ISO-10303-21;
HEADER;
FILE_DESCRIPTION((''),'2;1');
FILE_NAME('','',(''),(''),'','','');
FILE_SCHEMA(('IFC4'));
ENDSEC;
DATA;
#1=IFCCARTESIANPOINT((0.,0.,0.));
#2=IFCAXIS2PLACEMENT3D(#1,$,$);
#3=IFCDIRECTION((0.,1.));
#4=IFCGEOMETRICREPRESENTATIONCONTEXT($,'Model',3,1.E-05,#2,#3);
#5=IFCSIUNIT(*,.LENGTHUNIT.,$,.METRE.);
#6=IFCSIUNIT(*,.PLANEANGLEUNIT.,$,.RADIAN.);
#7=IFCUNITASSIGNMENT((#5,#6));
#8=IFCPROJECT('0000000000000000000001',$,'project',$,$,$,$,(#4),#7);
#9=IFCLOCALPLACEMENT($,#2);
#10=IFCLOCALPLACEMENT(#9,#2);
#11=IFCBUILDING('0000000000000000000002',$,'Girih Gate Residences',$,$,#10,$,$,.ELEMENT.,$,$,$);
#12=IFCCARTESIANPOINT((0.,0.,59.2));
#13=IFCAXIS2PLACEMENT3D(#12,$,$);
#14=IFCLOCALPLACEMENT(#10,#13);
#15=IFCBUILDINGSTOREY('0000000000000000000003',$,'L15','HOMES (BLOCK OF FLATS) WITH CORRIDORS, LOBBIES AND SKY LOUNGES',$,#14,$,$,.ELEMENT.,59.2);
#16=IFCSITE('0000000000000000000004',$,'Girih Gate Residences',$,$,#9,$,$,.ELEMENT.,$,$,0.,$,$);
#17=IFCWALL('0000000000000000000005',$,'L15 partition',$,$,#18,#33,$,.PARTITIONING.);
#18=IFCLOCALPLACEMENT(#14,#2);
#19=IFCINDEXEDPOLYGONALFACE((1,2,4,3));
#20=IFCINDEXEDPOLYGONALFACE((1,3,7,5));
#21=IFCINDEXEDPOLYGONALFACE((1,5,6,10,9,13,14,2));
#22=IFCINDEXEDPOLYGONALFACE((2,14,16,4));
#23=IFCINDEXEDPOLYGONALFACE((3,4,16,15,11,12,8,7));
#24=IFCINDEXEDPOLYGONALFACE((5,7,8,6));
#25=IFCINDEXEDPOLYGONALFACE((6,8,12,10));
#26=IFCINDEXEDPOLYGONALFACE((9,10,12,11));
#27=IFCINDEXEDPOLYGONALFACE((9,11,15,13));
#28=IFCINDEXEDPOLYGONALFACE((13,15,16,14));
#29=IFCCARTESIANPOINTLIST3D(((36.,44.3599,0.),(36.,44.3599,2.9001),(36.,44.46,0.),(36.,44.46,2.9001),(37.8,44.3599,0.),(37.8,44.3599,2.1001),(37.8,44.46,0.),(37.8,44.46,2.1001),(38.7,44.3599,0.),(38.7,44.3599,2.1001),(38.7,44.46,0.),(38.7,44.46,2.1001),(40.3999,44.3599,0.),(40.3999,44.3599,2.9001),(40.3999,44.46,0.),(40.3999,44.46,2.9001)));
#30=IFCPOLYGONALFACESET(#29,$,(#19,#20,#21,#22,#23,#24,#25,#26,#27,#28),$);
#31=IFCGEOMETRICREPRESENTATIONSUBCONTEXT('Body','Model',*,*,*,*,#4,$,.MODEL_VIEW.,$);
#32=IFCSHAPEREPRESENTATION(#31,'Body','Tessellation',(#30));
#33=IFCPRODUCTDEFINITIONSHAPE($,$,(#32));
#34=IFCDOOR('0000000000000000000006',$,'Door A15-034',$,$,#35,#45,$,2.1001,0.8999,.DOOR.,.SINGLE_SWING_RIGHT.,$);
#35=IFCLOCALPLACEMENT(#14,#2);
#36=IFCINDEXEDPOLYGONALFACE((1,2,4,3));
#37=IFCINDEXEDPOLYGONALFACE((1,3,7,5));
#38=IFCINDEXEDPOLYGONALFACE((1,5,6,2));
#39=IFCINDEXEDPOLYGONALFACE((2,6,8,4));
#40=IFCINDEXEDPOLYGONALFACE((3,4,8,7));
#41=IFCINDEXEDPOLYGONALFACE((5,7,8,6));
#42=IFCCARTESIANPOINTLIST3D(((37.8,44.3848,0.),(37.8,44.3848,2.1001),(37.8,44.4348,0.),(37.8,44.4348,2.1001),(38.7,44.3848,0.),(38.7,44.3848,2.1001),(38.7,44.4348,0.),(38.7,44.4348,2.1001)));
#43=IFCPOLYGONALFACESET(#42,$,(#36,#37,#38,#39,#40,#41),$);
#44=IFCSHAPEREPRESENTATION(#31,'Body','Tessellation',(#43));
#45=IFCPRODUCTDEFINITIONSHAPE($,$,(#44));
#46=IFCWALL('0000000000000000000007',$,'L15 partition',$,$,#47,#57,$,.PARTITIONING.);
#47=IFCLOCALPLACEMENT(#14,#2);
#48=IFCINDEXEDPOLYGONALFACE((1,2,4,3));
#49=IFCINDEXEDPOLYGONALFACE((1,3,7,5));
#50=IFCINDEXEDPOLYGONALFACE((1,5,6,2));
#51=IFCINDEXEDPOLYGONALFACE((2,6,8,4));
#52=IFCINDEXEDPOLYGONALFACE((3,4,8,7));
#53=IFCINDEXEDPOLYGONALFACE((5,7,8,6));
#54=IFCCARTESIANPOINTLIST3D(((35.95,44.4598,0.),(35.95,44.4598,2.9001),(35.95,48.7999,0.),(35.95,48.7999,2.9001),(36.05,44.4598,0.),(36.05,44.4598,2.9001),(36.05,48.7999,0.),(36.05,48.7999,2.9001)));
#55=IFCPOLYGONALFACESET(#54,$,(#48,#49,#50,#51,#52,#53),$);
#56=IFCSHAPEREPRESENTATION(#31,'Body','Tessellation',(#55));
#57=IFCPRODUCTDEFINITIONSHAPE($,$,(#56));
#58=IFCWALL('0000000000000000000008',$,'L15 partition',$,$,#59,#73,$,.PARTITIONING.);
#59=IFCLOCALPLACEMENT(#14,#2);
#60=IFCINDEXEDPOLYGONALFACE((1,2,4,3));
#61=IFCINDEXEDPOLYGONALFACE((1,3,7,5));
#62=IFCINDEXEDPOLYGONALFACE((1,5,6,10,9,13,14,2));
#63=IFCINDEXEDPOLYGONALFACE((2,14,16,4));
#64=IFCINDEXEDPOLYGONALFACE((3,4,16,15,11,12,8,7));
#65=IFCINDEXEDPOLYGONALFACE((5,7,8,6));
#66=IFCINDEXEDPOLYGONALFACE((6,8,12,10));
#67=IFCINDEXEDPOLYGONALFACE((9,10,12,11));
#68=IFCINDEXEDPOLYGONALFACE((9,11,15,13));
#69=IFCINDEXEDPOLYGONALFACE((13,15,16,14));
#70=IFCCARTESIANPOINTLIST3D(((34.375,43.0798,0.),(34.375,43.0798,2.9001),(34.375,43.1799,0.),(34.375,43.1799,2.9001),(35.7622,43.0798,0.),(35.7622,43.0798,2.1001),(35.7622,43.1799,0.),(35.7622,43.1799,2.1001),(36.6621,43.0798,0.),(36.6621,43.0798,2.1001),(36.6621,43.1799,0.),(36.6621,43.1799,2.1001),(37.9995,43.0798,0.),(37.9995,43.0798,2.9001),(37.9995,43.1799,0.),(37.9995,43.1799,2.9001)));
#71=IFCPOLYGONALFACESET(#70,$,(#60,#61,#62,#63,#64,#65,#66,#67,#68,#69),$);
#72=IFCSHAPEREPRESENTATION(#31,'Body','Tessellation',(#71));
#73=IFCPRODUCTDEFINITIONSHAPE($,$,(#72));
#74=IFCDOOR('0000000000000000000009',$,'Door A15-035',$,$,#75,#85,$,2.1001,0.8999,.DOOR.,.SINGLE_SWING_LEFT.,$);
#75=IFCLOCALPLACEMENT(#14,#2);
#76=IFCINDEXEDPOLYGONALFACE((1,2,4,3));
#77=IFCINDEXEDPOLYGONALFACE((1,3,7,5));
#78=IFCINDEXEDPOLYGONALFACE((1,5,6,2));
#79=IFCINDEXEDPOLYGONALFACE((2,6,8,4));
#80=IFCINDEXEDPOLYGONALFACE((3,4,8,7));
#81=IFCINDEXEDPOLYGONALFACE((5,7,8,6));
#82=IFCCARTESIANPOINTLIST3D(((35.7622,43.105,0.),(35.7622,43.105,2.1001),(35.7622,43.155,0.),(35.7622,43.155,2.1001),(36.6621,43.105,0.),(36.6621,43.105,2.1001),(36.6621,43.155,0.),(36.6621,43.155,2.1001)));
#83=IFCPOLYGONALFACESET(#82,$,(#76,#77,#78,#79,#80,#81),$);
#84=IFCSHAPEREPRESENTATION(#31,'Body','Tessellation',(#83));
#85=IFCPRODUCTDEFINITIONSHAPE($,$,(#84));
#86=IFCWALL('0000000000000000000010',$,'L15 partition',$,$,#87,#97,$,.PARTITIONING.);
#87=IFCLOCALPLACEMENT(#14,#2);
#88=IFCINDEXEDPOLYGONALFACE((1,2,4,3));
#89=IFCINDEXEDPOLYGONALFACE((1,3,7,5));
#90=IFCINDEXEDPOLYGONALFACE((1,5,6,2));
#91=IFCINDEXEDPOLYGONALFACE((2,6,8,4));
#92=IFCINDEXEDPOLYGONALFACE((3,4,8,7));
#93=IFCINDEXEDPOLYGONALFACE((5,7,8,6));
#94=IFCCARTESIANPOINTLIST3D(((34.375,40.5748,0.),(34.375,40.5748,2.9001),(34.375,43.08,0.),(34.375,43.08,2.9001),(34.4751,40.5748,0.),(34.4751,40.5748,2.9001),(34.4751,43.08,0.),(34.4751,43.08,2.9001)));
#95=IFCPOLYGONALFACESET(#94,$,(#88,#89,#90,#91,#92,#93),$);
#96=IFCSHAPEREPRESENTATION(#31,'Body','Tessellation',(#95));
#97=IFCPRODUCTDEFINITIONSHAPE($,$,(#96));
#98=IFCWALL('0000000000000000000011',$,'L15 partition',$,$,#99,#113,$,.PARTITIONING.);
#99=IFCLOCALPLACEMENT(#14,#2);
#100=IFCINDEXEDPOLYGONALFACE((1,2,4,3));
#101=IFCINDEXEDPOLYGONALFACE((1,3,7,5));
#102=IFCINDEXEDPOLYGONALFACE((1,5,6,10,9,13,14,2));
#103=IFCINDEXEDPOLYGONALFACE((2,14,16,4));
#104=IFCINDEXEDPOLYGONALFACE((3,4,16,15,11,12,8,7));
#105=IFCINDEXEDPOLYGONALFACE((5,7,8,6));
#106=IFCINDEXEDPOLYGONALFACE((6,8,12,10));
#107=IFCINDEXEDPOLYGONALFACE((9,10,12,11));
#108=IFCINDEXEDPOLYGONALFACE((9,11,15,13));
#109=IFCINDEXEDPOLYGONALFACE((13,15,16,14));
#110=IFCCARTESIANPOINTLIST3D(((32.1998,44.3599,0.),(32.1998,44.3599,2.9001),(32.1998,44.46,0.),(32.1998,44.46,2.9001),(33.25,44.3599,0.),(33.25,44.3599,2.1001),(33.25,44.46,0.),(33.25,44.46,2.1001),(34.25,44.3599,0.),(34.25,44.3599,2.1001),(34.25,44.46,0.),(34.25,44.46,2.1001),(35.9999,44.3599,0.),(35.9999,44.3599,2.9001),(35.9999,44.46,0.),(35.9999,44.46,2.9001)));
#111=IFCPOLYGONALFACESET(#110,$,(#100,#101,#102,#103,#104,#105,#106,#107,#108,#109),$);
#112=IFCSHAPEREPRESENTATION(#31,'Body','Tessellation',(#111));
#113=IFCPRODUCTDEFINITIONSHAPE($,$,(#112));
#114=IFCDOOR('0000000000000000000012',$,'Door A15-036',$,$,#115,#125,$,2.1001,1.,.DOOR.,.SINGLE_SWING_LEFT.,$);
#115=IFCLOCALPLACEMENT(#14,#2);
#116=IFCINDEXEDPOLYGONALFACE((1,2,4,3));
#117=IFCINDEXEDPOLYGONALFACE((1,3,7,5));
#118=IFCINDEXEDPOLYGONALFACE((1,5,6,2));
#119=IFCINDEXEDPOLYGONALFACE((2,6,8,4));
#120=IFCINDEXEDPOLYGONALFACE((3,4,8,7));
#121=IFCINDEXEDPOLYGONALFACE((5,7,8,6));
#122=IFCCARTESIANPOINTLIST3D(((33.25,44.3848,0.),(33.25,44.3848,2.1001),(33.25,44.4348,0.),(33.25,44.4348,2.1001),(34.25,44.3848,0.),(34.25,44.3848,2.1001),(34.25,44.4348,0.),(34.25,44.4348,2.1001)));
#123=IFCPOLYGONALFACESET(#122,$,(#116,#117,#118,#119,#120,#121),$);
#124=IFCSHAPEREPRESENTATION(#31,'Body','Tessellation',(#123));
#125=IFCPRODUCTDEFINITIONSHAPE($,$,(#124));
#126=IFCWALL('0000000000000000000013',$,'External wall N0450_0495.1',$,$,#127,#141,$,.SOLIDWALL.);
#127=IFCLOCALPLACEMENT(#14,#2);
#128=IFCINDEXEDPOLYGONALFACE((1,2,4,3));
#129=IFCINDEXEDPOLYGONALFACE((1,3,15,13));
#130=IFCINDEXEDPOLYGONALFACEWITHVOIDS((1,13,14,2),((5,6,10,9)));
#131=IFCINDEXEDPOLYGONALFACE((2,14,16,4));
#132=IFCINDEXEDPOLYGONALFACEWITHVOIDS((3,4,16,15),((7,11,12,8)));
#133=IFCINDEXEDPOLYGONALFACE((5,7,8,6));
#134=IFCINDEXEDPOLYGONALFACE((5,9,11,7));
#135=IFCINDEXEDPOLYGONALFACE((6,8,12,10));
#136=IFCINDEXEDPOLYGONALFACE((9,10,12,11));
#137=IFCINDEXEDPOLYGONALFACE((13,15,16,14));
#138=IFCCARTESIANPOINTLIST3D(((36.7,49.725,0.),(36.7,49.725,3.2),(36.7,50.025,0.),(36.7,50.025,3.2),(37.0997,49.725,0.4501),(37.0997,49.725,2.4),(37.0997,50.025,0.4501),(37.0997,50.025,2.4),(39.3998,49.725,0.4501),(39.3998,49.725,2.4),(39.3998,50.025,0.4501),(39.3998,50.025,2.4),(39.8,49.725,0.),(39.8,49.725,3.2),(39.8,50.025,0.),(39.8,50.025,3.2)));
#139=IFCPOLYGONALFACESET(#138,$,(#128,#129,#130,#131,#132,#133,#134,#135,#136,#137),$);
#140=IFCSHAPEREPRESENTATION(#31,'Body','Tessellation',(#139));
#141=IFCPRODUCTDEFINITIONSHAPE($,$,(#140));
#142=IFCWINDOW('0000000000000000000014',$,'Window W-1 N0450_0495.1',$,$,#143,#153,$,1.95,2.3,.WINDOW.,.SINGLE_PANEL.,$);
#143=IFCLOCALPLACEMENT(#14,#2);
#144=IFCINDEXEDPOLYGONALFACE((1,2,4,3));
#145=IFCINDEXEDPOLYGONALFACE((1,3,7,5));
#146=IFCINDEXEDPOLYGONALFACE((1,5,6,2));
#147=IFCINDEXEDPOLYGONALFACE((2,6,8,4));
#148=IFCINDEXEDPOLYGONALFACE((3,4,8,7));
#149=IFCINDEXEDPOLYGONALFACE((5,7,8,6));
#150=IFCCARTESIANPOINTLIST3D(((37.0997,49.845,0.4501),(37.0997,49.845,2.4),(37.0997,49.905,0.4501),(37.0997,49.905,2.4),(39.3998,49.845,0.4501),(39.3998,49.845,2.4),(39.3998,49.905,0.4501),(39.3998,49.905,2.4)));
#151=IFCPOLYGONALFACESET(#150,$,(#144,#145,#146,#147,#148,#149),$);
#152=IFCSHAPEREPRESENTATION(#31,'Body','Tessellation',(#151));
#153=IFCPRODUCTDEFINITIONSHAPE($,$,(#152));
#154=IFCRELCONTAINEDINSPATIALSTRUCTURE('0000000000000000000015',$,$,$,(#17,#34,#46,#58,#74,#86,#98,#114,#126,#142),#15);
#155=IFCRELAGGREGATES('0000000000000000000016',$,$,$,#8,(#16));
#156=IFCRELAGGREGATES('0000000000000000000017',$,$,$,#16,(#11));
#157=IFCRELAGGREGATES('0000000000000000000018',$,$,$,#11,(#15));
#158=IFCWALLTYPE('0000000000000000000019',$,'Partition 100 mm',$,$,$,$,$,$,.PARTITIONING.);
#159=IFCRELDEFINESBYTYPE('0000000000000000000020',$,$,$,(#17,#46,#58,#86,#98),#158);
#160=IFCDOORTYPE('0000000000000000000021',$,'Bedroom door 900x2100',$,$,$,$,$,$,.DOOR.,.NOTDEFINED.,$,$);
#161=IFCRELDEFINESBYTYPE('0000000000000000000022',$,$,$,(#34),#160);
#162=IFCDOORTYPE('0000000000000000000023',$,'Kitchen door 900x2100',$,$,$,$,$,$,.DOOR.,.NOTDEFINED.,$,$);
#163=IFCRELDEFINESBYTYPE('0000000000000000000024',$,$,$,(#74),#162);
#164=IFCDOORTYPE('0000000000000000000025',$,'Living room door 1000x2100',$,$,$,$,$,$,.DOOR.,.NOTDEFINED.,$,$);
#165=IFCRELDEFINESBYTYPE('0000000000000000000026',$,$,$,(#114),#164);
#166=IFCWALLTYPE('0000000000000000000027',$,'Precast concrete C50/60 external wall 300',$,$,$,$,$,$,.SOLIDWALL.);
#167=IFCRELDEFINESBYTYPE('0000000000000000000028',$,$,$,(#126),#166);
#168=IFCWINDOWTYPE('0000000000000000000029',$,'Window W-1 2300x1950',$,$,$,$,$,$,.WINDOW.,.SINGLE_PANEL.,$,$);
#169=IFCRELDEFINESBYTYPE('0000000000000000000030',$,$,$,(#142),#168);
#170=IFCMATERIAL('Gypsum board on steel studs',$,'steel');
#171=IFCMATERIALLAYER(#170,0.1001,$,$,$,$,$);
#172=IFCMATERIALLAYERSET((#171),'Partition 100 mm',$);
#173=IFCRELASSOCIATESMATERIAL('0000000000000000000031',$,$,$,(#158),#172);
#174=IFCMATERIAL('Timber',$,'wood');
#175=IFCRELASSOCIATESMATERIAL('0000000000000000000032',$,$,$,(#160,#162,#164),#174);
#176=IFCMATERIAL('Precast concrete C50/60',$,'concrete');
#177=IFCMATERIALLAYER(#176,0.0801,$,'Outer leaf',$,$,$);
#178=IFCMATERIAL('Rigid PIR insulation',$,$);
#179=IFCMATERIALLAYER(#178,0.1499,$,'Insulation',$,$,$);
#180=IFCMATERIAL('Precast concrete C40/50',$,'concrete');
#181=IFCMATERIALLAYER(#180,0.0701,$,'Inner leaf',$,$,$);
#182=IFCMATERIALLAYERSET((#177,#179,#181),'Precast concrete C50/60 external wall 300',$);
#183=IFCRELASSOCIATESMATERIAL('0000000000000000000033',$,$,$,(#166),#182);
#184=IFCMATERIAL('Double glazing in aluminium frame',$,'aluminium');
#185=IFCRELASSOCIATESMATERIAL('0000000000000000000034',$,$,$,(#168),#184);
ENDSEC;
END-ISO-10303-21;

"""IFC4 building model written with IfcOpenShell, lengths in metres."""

from ifc_helpers import new_model, si_unit, direction, frame, frame_2d, origin, place, context, subcontext, project, spatial, rectangle, extrude, material, layer, layer_set, type_object, element, fill, save


model = new_model("IFC4")

# Units and contexts
model_context = context("Model", 3, precision=1e-05, world=origin(), true_north=direction((0.0, 1.0)))
body_context = subcontext(model_context, "Body", "Model", "MODEL_VIEW")
ifc_project = project(units=[si_unit("LENGTHUNIT", "METRE"), si_unit("PLANEANGLEUNIT", "RADIAN")], contexts=[model_context])

# Site, building, storey
site_placement = place(None, origin())
site = spatial("IfcSite", under=ifc_project, at=site_placement, Name="Girih Gate Residences", CompositionType="ELEMENT", RefElevation=0.0)
building_placement = place(site_placement, origin())
building = spatial("IfcBuilding", under=site, at=building_placement, Name="Girih Gate Residences", CompositionType="ELEMENT")
storey_placement = place(building_placement, frame((0.0, 0.0, 59.2)))
storey = spatial("IfcBuildingStorey", under=building, at=storey_placement, Name="L15", Description="HOMES (BLOCK OF FLATS) WITH CORRIDORS, LOBBIES AND SKY LOUNGES", CompositionType="ELEMENT", Elevation=59.2)

# Shared definitions
ifc_material_1 = material(Name="Gypsum board on steel studs", Category="steel")

# Wall, opening, door
ifc_layer_1 = layer(ifc_material_1, 0.1001)
ifc_layer_set_1 = layer_set([ifc_layer_1], Name="Partition 100 mm")
wall_type_1 = type_object("IfcWallType", Name="Partition 100 mm", PredefinedType="PARTITIONING", material=ifc_layer_set_1)
wall_1_placement = place(storey_placement, frame((36.0, 44.4099, 0.0), z_axis=(0.0, 0.0, 1.0), x_axis=(1.0, 0.0, 0.0)))
wall_1 = element("IfcWall", 1, at=wall_1_placement, inside=storey, type_object=wall_type_1, Name="L15 partition", PredefinedType="PARTITIONING", context=body_context, shape_type="SweptSolid", body=[
    extrude(rectangle(XDim=4.3999, YDim=0.1001, at=frame_2d((2.2, 0.0))), origin(), (0.0, 0.0, 1.0), 2.9001),
])
opening_1_placement = place(wall_1_placement, frame((1.8, 0.0, 0.0)))
opening_1 = element("IfcOpeningElement", 2, at=opening_1_placement, cuts=wall_1, PredefinedType="OPENING", context=body_context, shape_type="SweptSolid", body=[
    extrude(rectangle(XDim=0.8999, YDim=2.1001, at=frame_2d((0.45, 1.05))), frame((0.0, 0.0601, 0.0), z_axis=(0.0, -1.0, 0.0), x_axis=(1.0, 0.0, 0.0)), (0.0, 0.0, 1.0), 0.1201),
])
ifc_material_2 = material(Name="Timber", Category="wood")
door_type_1 = type_object("IfcDoorType", Name="Bedroom door 900x2100", OperationType="NOTDEFINED", PredefinedType="DOOR", material=ifc_material_2)
door_1_placement = place(opening_1_placement, origin())
door_1 = element("IfcDoor", 3, at=door_1_placement, inside=storey, type_object=door_type_1, Name="Door A15-034", OperationType="SINGLE_SWING_RIGHT", OverallHeight=2.1001, OverallWidth=0.8999, PredefinedType="DOOR", context=body_context, shape_type="SweptSolid", body=[
    extrude(rectangle(XDim=0.8999, YDim=2.1001, at=frame_2d((0.45, 1.05))), frame((0.0, 0.0249, 0.0), z_axis=(0.0, -1.0, 0.0), x_axis=(1.0, 0.0, 0.0)), (0.0, 0.0, 1.0), 0.05),
])
fill(opening_1, door_1)

# Wall
wall_2_placement = place(storey_placement, frame((36.0, 44.46, 0.0), z_axis=(0.0, 0.0, 1.0), x_axis=(0.0, 1.0, 0.0)))
element("IfcWall", 4, at=wall_2_placement, inside=storey, type_object=wall_type_1, Name="L15 partition", PredefinedType="PARTITIONING", context=body_context, shape_type="SweptSolid", body=[
    extrude(rectangle(XDim=4.3401, YDim=0.1001, at=frame_2d((2.1699, 0.0))), origin(), (0.0, 0.0, 1.0), 2.9001),
])

# Wall, opening, door
wall_3_placement = place(storey_placement, frame((37.9995, 43.1299, 0.0), z_axis=(0.0, 0.0, 1.0), x_axis=(-1.0, 0.0, 0.0)))
wall_3 = element("IfcWall", 5, at=wall_3_placement, inside=storey, type_object=wall_type_1, Name="L15 partition", PredefinedType="PARTITIONING", context=body_context, shape_type="SweptSolid", body=[
    extrude(rectangle(XDim=3.6245, YDim=0.1001, at=frame_2d((1.8123, 0.0))), origin(), (0.0, 0.0, 1.0), 2.9001),
])
opening_2_placement = place(wall_3_placement, frame((1.3374, 0.0, 0.0)))
opening_2 = element("IfcOpeningElement", 6, at=opening_2_placement, cuts=wall_3, PredefinedType="OPENING", context=body_context, shape_type="SweptSolid", body=[
    extrude(rectangle(XDim=0.8999, YDim=2.1001, at=frame_2d((0.45, 1.05))), frame((0.0, 0.0601, 0.0), z_axis=(0.0, -1.0, 0.0), x_axis=(1.0, 0.0, 0.0)), (0.0, 0.0, 1.0), 0.1201),
])
door_type_2 = type_object("IfcDoorType", Name="Kitchen door 900x2100", OperationType="NOTDEFINED", PredefinedType="DOOR", material=ifc_material_2)
door_2_placement = place(opening_2_placement, origin())
door_2 = element("IfcDoor", 7, at=door_2_placement, inside=storey, type_object=door_type_2, Name="Door A15-035", OperationType="SINGLE_SWING_LEFT", OverallHeight=2.1001, OverallWidth=0.8999, PredefinedType="DOOR", context=body_context, shape_type="SweptSolid", body=[
    extrude(rectangle(XDim=0.8999, YDim=2.1001, at=frame_2d((0.45, 1.05))), frame((0.0, 0.0249, 0.0), z_axis=(0.0, -1.0, 0.0), x_axis=(1.0, 0.0, 0.0)), (0.0, 0.0, 1.0), 0.05),
])
fill(opening_2, door_2)

# Wall
wall_4_placement = place(storey_placement, frame((34.425, 40.575, 0.0), z_axis=(0.0, 0.0, 1.0), x_axis=(0.0, 1.0, 0.0)))
element("IfcWall", 8, at=wall_4_placement, inside=storey, type_object=wall_type_1, Name="L15 partition", PredefinedType="PARTITIONING", context=body_context, shape_type="SweptSolid", body=[
    extrude(rectangle(XDim=2.5051, YDim=0.1001, at=frame_2d((1.2524, 0.0))), origin(), (0.0, 0.0, 1.0), 2.9001),
])

# Wall, opening, door
wall_5_placement = place(storey_placement, frame((32.2, 44.4099, 0.0), z_axis=(0.0, 0.0, 1.0), x_axis=(1.0, 0.0, 0.0)))
wall_5 = element("IfcWall", 9, at=wall_5_placement, inside=storey, type_object=wall_type_1, Name="L15 partition", PredefinedType="PARTITIONING", context=body_context, shape_type="SweptSolid", body=[
    extrude(rectangle(XDim=3.8, YDim=0.1001, at=frame_2d((1.8999, 0.0))), origin(), (0.0, 0.0, 1.0), 2.9001),
])
opening_3_placement = place(wall_5_placement, frame((1.05, 0.0, 0.0)))
opening_3 = element("IfcOpeningElement", 10, at=opening_3_placement, cuts=wall_5, PredefinedType="OPENING", context=body_context, shape_type="SweptSolid", body=[
    extrude(rectangle(XDim=1.0, YDim=2.1001, at=frame_2d((0.5, 1.05))), frame((0.0, 0.0601, 0.0), z_axis=(0.0, -1.0, 0.0), x_axis=(1.0, 0.0, 0.0)), (0.0, 0.0, 1.0), 0.1201),
])
door_type_3 = type_object("IfcDoorType", Name="Living room door 1000x2100", OperationType="NOTDEFINED", PredefinedType="DOOR", material=ifc_material_2)
door_3_placement = place(opening_3_placement, origin())
door_3 = element("IfcDoor", 11, at=door_3_placement, inside=storey, type_object=door_type_3, Name="Door A15-036", OperationType="SINGLE_SWING_LEFT", OverallHeight=2.1001, OverallWidth=1.0, PredefinedType="DOOR", context=body_context, shape_type="SweptSolid", body=[
    extrude(rectangle(XDim=1.0, YDim=2.1001, at=frame_2d((0.5, 1.05))), frame((0.0, 0.0249, 0.0), z_axis=(0.0, -1.0, 0.0), x_axis=(1.0, 0.0, 0.0)), (0.0, 0.0, 1.0), 0.05),
])
fill(opening_3, door_3)

# Wall, opening, window
ifc_material_3 = material(Name="Precast concrete C50/60", Category="concrete")
ifc_layer_2 = layer(ifc_material_3, 0.0801, Name="Outer leaf")
ifc_material_4 = material(Name="Rigid PIR insulation")
ifc_layer_3 = layer(ifc_material_4, 0.1499, Name="Insulation")
ifc_material_5 = material(Name="Precast concrete C40/50", Category="concrete")
ifc_layer_4 = layer(ifc_material_5, 0.0701, Name="Inner leaf")
ifc_layer_set_2 = layer_set([ifc_layer_2, ifc_layer_3, ifc_layer_4], Name="Precast concrete C50/60 external wall 300")
wall_type_2 = type_object("IfcWallType", Name="Precast concrete C50/60 external wall 300", PredefinedType="SOLIDWALL", material=ifc_layer_set_2)
wall_6_placement = place(storey_placement, frame((36.7, 49.875, 0.0), z_axis=(0.0, 0.0, 1.0), x_axis=(1.0, 0.0, 0.0)))
wall_6 = element("IfcWall", 12, at=wall_6_placement, inside=storey, type_object=wall_type_2, Name="External wall N0450_0495.1", PredefinedType="SOLIDWALL", context=body_context, shape_type="SweptSolid", body=[
    extrude(rectangle(XDim=3.1001, YDim=0.3, at=frame_2d((1.55, 0.0))), origin(), (0.0, 0.0, 1.0), 3.2),
])
opening_4_placement = place(wall_6_placement, frame((0.3999, 0.0, 0.45)))
opening_4 = element("IfcOpeningElement", 13, at=opening_4_placement, cuts=wall_6, PredefinedType="OPENING", context=body_context, shape_type="SweptSolid", body=[
    extrude(rectangle(XDim=2.3, YDim=1.95, at=frame_2d((1.1499, 0.9751))), frame((0.0, 0.1599, 0.0), z_axis=(0.0, -1.0, 0.0), x_axis=(1.0, 0.0, 0.0)), (0.0, 0.0, 1.0), 0.3201),
])
ifc_material_6 = material(Name="Double glazing in aluminium frame", Category="aluminium")
window_type = type_object("IfcWindowType", Name="Window W-1 2300x1950", PartitioningType="SINGLE_PANEL", PredefinedType="WINDOW", material=ifc_material_6)
window_1_placement = place(opening_4_placement, origin())
window_1 = element("IfcWindow", 14, at=window_1_placement, inside=storey, type_object=window_type, Name="Window W-1 N0450_0495.1", OverallHeight=1.95, OverallWidth=2.3, PartitioningType="SINGLE_PANEL", PredefinedType="WINDOW", context=body_context, shape_type="SweptSolid", body=[
    extrude(rectangle(XDim=2.3, YDim=1.95, at=frame_2d((1.1499, 0.9751))), frame((0.0, 0.03, 0.0), z_axis=(0.0, -1.0, 0.0), x_axis=(1.0, 0.0, 0.0)), (0.0, 0.0, 1.0), 0.0601),
])
fill(opening_4, window_1)

save(model, "model.ifc")
